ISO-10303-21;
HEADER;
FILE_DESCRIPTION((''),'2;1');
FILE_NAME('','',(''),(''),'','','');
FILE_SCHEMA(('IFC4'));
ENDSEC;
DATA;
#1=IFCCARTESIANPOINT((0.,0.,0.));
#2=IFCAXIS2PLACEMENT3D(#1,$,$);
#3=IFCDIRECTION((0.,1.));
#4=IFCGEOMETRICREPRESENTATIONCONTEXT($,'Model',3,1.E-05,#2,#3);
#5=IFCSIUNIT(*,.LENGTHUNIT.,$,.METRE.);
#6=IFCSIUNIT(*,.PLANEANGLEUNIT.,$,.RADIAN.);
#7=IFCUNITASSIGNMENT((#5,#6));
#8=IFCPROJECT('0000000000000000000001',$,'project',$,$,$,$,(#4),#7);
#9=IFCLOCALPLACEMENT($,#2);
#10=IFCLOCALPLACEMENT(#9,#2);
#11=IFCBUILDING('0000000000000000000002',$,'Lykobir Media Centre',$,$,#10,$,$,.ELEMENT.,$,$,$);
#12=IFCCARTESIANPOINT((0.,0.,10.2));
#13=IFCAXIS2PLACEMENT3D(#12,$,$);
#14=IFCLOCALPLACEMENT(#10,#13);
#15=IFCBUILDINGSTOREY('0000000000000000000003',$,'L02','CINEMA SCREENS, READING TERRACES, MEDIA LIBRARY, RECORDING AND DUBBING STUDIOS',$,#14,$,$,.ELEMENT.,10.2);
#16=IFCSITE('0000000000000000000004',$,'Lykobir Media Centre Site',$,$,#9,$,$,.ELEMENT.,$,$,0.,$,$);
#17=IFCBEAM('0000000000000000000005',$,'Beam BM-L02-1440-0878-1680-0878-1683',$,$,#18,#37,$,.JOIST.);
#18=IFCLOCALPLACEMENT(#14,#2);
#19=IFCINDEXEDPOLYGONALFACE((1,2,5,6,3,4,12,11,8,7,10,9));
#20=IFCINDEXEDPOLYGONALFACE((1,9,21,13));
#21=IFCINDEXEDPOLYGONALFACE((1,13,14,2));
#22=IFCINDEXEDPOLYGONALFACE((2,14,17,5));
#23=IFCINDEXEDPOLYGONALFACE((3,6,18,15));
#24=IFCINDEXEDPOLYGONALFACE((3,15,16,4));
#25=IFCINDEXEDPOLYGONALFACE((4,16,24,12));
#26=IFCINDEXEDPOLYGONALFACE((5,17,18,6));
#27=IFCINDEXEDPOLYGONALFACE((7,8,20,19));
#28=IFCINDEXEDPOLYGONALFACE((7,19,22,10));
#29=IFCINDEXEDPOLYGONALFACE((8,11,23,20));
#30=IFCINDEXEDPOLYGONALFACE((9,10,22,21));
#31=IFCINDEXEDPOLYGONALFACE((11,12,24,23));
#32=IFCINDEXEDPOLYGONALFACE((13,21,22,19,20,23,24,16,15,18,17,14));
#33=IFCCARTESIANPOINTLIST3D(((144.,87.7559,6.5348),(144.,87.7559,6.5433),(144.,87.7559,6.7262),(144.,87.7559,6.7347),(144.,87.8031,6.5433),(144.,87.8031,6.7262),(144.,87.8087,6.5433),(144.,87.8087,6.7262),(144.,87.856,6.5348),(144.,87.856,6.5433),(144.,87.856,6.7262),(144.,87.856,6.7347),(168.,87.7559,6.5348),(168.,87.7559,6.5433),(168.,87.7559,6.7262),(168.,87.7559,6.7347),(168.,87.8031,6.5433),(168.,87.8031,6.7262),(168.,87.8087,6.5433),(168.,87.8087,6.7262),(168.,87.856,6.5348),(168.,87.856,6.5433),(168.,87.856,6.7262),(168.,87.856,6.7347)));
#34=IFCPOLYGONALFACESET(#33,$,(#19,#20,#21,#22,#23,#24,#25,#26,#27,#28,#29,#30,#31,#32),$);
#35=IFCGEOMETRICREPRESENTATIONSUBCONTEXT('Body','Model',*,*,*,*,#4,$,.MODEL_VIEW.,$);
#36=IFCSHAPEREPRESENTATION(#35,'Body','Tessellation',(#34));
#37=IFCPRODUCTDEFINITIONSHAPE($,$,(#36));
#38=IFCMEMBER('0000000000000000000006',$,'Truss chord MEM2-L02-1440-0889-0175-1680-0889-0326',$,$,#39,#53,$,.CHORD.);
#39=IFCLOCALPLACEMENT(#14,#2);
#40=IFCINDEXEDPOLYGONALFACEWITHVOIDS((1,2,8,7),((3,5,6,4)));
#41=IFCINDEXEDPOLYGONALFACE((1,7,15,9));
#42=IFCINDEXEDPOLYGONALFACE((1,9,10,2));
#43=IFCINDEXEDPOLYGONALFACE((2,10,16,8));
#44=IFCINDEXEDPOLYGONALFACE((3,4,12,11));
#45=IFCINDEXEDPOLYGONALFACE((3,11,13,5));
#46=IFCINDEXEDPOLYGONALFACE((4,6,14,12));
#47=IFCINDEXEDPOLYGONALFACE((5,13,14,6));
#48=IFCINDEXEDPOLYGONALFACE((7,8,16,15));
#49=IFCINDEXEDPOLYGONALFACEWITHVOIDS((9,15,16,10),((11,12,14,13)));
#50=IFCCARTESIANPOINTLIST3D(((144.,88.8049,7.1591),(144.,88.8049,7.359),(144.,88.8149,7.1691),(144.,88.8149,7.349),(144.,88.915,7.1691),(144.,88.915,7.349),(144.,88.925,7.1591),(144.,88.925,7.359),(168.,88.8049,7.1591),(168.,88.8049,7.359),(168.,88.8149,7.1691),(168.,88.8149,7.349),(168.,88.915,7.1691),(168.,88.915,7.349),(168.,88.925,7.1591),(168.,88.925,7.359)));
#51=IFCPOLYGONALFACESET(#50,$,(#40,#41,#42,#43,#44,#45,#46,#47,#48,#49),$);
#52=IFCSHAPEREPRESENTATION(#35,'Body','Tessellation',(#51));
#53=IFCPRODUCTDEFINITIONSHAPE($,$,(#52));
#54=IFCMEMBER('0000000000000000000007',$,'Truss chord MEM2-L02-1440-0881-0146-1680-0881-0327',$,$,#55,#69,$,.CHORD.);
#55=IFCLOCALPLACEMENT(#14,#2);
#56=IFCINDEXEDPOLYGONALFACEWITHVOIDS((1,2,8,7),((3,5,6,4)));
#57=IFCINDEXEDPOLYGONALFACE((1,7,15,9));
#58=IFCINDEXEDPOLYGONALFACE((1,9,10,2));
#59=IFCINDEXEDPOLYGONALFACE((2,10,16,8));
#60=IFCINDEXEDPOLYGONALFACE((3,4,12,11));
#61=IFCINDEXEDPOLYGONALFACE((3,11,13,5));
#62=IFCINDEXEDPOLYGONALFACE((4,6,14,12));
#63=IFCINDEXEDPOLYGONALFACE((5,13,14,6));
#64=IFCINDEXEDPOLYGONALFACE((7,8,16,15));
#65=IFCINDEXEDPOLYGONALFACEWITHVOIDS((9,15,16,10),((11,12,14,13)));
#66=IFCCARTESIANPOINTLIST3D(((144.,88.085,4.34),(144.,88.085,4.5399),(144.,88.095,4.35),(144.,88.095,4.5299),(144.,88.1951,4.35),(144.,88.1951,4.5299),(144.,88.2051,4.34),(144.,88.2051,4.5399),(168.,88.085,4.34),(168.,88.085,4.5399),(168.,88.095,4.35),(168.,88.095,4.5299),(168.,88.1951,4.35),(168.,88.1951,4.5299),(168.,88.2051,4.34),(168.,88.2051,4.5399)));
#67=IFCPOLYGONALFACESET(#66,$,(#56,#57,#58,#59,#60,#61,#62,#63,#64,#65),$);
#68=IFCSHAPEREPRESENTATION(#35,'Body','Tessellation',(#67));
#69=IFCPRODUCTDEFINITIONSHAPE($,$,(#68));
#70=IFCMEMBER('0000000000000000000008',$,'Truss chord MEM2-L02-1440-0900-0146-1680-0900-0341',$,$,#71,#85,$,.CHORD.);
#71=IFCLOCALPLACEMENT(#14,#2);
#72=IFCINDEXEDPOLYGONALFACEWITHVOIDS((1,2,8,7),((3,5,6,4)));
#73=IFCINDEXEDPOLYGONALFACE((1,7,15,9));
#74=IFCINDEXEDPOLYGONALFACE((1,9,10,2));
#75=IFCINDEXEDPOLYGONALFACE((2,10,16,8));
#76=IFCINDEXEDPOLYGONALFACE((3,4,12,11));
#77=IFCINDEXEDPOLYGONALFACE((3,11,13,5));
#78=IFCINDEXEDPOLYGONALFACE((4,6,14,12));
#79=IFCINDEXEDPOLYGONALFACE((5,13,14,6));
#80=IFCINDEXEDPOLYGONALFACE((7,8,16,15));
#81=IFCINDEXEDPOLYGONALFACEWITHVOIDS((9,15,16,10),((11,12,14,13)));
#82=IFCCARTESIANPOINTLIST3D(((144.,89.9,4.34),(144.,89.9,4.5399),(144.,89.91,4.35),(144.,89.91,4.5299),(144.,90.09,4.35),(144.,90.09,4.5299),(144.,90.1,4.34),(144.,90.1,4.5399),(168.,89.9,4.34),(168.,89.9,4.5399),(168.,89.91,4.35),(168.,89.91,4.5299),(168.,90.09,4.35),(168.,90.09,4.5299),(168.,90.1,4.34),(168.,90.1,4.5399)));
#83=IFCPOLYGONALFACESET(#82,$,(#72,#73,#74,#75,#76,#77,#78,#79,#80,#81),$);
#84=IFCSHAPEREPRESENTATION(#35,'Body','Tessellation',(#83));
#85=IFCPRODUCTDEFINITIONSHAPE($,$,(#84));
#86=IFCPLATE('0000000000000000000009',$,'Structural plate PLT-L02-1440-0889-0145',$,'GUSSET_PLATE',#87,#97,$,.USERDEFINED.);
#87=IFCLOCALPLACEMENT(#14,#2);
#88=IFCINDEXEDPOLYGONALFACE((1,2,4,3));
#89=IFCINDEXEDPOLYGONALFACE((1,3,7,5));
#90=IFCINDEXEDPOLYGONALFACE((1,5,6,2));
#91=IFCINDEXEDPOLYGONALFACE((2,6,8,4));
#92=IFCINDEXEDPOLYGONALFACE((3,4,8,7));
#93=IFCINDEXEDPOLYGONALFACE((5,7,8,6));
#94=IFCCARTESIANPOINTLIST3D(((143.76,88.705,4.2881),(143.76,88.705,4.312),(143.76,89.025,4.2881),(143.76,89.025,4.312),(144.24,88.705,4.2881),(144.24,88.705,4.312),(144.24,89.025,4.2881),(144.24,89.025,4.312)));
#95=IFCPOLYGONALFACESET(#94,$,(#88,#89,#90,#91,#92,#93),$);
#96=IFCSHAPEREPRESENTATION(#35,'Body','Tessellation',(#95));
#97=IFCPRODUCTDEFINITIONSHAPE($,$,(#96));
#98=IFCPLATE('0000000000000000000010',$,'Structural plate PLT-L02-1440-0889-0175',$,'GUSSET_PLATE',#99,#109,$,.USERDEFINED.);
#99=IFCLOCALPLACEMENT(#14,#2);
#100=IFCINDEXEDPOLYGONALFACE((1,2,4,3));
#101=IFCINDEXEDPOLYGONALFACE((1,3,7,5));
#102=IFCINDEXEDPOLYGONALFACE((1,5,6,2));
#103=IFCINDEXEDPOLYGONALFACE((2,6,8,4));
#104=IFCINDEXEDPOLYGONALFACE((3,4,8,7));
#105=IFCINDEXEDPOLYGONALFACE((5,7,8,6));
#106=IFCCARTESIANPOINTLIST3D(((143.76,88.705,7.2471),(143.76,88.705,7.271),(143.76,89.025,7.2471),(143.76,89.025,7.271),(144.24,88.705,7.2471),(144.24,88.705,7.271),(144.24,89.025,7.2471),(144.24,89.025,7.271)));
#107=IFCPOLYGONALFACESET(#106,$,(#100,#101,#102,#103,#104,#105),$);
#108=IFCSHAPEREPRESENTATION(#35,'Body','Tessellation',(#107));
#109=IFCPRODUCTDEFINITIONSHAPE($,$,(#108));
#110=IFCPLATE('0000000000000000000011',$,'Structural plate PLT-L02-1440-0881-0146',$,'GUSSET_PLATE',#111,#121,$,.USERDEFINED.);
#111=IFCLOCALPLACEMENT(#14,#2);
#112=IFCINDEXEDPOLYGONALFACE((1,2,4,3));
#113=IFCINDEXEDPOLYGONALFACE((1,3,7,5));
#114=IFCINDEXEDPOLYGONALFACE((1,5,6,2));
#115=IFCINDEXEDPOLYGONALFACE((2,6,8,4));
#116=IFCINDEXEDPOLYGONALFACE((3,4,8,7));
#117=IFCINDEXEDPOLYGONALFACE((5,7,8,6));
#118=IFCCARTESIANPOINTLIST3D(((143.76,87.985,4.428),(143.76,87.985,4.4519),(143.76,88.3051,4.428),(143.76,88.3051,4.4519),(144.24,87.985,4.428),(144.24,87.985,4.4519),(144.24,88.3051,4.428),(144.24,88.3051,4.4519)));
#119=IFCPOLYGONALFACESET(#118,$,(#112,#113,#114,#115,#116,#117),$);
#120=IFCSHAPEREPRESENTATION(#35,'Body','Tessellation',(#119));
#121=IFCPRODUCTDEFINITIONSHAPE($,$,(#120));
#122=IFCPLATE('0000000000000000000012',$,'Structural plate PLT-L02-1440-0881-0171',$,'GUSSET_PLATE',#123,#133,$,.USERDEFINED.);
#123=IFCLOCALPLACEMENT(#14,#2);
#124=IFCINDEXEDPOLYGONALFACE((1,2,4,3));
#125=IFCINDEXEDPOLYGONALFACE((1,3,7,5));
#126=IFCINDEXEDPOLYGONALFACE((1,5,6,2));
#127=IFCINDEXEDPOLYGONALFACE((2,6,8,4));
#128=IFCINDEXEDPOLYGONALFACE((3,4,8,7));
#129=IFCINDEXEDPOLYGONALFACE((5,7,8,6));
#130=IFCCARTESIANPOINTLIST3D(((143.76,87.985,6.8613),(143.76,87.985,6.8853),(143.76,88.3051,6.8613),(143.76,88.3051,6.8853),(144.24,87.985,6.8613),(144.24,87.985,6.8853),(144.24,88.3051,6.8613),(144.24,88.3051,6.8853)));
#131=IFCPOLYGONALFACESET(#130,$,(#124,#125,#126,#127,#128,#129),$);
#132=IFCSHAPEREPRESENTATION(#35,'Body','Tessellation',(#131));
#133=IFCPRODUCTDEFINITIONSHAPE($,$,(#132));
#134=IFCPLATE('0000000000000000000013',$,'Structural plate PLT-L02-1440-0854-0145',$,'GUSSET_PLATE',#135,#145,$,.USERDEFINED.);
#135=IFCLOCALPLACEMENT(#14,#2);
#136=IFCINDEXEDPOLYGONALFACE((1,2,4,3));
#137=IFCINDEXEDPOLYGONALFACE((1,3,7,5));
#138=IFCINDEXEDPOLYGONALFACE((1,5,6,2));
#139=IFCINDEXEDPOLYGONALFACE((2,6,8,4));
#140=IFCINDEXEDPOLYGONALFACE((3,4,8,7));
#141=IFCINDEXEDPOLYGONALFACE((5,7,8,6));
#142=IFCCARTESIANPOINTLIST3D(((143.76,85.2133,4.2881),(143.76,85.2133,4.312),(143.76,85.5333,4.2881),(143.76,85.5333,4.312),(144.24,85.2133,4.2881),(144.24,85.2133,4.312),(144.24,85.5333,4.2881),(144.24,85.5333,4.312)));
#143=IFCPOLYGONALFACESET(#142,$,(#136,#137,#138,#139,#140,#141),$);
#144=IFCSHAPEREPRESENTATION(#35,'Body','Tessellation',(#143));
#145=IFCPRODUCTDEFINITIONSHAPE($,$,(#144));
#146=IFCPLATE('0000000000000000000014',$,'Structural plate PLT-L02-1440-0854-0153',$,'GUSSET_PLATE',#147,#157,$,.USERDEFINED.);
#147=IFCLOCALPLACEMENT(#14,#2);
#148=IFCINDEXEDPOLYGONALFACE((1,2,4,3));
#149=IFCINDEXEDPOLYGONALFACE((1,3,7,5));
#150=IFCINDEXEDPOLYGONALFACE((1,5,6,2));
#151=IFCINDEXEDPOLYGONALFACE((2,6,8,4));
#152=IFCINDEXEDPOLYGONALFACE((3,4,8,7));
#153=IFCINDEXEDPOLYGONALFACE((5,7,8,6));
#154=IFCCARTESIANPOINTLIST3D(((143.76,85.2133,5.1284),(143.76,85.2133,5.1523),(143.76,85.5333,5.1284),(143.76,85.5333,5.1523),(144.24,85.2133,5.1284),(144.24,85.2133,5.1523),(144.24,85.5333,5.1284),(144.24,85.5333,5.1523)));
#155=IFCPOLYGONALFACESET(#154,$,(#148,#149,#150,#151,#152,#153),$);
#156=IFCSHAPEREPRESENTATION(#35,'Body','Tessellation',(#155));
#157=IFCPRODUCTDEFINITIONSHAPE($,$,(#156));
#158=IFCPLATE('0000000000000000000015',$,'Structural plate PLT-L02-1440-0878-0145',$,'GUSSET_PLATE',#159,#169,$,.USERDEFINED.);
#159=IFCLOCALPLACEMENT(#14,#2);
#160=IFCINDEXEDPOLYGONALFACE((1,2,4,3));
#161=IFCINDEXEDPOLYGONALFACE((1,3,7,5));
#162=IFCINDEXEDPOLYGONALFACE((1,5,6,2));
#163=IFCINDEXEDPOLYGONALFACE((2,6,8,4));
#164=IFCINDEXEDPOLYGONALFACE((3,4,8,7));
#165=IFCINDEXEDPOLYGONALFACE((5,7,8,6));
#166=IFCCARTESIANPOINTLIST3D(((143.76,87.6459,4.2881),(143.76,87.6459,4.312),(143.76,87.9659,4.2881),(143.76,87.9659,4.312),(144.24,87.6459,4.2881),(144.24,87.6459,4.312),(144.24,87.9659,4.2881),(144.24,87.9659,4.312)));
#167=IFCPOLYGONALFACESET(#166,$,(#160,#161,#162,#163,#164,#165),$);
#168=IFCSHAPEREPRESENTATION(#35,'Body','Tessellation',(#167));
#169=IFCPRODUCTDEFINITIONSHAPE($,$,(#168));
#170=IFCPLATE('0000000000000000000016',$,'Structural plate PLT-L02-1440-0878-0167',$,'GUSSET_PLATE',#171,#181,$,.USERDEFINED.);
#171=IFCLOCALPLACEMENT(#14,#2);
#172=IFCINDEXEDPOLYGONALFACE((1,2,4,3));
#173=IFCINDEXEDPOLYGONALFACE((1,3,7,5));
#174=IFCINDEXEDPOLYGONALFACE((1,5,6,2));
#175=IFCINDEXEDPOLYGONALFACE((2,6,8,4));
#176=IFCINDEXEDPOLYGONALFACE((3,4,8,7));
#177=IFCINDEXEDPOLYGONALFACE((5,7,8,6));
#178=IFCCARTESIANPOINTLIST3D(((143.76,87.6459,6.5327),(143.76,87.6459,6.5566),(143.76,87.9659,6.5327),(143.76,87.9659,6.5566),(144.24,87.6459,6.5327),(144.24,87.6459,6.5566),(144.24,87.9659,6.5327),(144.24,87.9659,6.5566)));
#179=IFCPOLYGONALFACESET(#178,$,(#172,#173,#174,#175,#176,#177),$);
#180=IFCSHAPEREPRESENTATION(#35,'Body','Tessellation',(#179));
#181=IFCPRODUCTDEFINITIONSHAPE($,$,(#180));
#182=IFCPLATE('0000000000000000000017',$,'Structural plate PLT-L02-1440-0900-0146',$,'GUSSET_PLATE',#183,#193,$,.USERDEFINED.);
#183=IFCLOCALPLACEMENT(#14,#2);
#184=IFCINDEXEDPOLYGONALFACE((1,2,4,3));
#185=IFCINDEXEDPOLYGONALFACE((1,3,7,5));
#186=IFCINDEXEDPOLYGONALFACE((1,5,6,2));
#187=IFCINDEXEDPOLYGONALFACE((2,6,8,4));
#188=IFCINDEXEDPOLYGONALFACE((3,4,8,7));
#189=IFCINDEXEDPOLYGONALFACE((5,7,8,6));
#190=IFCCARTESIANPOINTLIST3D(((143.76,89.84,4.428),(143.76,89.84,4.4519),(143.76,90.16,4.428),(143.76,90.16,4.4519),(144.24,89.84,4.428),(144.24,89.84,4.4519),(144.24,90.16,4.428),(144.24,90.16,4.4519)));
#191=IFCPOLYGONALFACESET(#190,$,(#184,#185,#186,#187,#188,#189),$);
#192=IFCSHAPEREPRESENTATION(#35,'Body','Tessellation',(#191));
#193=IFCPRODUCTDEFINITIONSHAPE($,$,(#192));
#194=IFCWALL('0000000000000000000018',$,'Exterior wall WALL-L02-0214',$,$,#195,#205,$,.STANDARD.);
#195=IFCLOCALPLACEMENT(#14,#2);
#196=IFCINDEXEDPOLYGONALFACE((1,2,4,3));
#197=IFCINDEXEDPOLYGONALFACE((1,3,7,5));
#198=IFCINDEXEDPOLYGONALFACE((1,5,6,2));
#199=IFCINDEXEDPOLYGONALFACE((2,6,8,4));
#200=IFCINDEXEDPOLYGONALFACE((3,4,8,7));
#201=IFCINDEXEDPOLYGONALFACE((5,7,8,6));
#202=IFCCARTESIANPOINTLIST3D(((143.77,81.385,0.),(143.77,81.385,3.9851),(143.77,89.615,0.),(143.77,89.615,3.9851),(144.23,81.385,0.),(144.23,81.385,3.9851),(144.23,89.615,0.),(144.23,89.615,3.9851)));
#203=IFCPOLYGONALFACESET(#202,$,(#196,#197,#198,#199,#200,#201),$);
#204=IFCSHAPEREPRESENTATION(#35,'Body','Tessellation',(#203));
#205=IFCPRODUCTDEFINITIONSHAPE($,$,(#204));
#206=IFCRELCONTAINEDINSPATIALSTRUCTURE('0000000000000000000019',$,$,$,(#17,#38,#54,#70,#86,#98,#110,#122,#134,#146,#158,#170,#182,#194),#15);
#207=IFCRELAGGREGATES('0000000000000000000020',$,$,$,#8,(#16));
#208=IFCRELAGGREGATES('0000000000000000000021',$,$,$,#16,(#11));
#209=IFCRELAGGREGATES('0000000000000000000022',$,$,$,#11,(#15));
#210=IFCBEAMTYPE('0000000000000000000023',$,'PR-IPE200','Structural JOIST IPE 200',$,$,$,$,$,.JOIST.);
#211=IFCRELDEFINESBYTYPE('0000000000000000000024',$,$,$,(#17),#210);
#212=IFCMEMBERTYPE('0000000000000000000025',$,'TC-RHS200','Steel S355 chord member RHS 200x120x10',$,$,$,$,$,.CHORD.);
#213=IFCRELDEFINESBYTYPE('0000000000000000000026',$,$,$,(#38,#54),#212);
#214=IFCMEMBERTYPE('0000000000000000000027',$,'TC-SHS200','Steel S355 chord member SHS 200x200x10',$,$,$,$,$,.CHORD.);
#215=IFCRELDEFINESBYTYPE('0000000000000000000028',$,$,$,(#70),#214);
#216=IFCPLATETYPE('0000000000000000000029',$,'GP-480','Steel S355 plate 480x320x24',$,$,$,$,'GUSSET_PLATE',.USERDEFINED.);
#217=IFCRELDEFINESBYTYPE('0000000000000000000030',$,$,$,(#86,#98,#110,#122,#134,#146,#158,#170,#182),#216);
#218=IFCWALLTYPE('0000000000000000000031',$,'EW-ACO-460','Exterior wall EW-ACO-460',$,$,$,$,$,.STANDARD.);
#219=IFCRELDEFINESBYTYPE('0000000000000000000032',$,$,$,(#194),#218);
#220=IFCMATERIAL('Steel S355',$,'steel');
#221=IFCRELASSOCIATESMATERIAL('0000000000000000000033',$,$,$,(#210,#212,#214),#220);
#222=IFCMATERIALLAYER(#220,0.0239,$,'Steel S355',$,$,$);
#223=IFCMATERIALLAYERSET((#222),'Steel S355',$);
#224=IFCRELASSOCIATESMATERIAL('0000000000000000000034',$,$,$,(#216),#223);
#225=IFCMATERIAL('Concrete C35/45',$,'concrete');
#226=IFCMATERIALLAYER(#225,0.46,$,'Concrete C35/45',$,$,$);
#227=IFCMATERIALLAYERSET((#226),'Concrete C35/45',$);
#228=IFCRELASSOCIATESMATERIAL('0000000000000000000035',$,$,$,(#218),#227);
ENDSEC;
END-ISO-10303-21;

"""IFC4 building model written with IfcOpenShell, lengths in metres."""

from ifc_helpers import new_model, si_unit, direction, frame, frame_2d, origin, origin_2d, place, context, subcontext, project, spatial, rectangle, hollow_rectangle, i_section, extrude, material, layer, layer_set, material_profile, profile_set, type_object, element, save


model = new_model("IFC4")

# Units and contexts
model_context = context("Model", 3, precision=1e-05, world=origin(), true_north=direction((0.0, 1.0)))
body_context = subcontext(model_context, "Body", "Model", "MODEL_VIEW")
ifc_project = project(units=[si_unit("LENGTHUNIT", "METRE"), si_unit("PLANEANGLEUNIT", "RADIAN")], contexts=[model_context])

# Site, building, storey
site_placement = place(None, origin())
site = spatial("IfcSite", under=ifc_project, at=site_placement, Name="Lykobir Media Centre Site", CompositionType="ELEMENT", RefElevation=0.0)
building_placement = place(site_placement, origin())
building = spatial("IfcBuilding", under=site, at=building_placement, Name="Lykobir Media Centre", CompositionType="ELEMENT")
storey_placement = place(building_placement, frame((0.0, 0.0, 10.2)))
storey = spatial("IfcBuildingStorey", under=building, at=storey_placement, Name="L02", Description="CINEMA SCREENS, READING TERRACES, MEDIA LIBRARY, RECORDING AND DUBBING STUDIOS", CompositionType="ELEMENT", Elevation=10.2)

# Shared definitions
ifc_material_1 = material(Name="Steel S355", Category="steel")

# Beam
ifc_material_profile_1 = material_profile(ifc_material_1, i_section(OverallWidth=0.1001, OverallDepth=0.2, WebThickness=0.0056, FlangeThickness=0.0085, at=origin_2d()), Name="IPE 200")
ifc_profile_set_1 = profile_set([ifc_material_profile_1], Name="Steel S355")
beam_type_1 = type_object("IfcBeamType", Name="PR-IPE200", Description="Structural JOIST IPE 200", PredefinedType="JOIST", material=ifc_profile_set_1)
for number, where, z_axis, x_axis, name in (
    (1, (144.0, 87.8059, 6.6348), (1.0, 0.0, 0.0), (0.0, 1.0, 0.0), "Beam BM-L02-1440-0878-1680-0878-1683"),
):
    element("IfcBeam", number, at=place(storey_placement, frame(where, z_axis=z_axis, x_axis=x_axis)), inside=storey, type_object=beam_type_1, Name=name, PredefinedType="JOIST", context=body_context, shape_type="SweptSolid", body=[
        extrude(i_section(OverallWidth=0.1001, OverallDepth=0.2, WebThickness=0.0056, FlangeThickness=0.0085, at=origin_2d()), origin(), (0.0, 0.0, 1.0), 24.0),
    ])

# Members
ifc_material_profile_2 = material_profile(ifc_material_1, hollow_rectangle(XDim=0.1201, YDim=0.2, WallThickness=0.01, at=origin_2d()), Name="RHS 200x120x10")
ifc_profile_set_2 = profile_set([ifc_material_profile_2], Name="Steel S355")
member_type_1 = type_object("IfcMemberType", Name="TC-RHS200", Description="Steel S355 chord member RHS 200x120x10", PredefinedType="CHORD", material=ifc_profile_set_2)
for number, where, z_axis, x_axis, name in (
    (2, (144.0, 88.865, 7.259), (1.0, 0.0, 0.0), (0.0, 1.0, 0.0), "Truss chord MEM2-L02-1440-0889-0175-1680-0889-0326"),
    (3, (144.0, 88.145, 4.4399), (1.0, 0.0, 0.0), (0.0, 1.0, 0.0), "Truss chord MEM2-L02-1440-0881-0146-1680-0881-0327"),
):
    element("IfcMember", number, at=place(storey_placement, frame(where, z_axis=z_axis, x_axis=x_axis)), inside=storey, type_object=member_type_1, Name=name, PredefinedType="CHORD", context=body_context, shape_type="SweptSolid", body=[
        extrude(hollow_rectangle(XDim=0.1201, YDim=0.2, WallThickness=0.01, at=origin_2d()), origin(), (0.0, 0.0, 1.0), 24.0),
    ])
ifc_material_profile_3 = material_profile(ifc_material_1, hollow_rectangle(XDim=0.2, YDim=0.2, WallThickness=0.01, at=origin_2d()), Name="SHS 200x200x10")
ifc_profile_set_3 = profile_set([ifc_material_profile_3], Name="Steel S355")
member_type_2 = type_object("IfcMemberType", Name="TC-SHS200", Description="Steel S355 chord member SHS 200x200x10", PredefinedType="CHORD", material=ifc_profile_set_3)
member_1_placement = place(storey_placement, frame((144.0, 90.0, 4.4399), z_axis=(1.0, 0.0, 0.0), x_axis=(0.0, 1.0, 0.0)))
element("IfcMember", 4, at=member_1_placement, inside=storey, type_object=member_type_2, Name="Truss chord MEM2-L02-1440-0900-0146-1680-0900-0341", PredefinedType="CHORD", context=body_context, shape_type="SweptSolid", body=[
    extrude(hollow_rectangle(XDim=0.2, YDim=0.2, WallThickness=0.01, at=origin_2d()), origin(), (0.0, 0.0, 1.0), 24.0),
])

# Plates
ifc_layer_1 = layer(ifc_material_1, 0.0239, Name="Steel S355")
ifc_layer_set_1 = layer_set([ifc_layer_1], Name="Steel S355")
plate_type = type_object("IfcPlateType", Name="GP-480", Description="Steel S355 plate 480x320x24", ElementType="GUSSET_PLATE", PredefinedType="USERDEFINED", material=ifc_layer_set_1)
for number, where, z_axis, x_axis, name in (
    (5, (144.0, 88.865, 4.2881), (0.0, 0.0, 1.0), (1.0, 0.0, 0.0), "Structural plate PLT-L02-1440-0889-0145"),
    (6, (144.0, 88.865, 7.2471), (0.0, 0.0, 1.0), (1.0, 0.0, 0.0), "Structural plate PLT-L02-1440-0889-0175"),
    (7, (144.0, 88.145, 4.428), (0.0, 0.0, 1.0), (1.0, 0.0, 0.0), "Structural plate PLT-L02-1440-0881-0146"),
    (8, (144.0, 88.145, 6.8613), (0.0, 0.0, 1.0), (1.0, 0.0, 0.0), "Structural plate PLT-L02-1440-0881-0171"),
    (9, (144.0, 85.3733, 4.2881), (0.0, 0.0, 1.0), (1.0, 0.0, 0.0), "Structural plate PLT-L02-1440-0854-0145"),
    (10, (144.0, 85.3733, 5.1284), (0.0, 0.0, 1.0), (1.0, 0.0, 0.0), "Structural plate PLT-L02-1440-0854-0153"),
    (11, (144.0, 87.8059, 4.2881), (0.0, 0.0, 1.0), (1.0, 0.0, 0.0), "Structural plate PLT-L02-1440-0878-0145"),
    (12, (144.0, 87.8059, 6.5327), (0.0, 0.0, 1.0), (1.0, 0.0, 0.0), "Structural plate PLT-L02-1440-0878-0167"),
    (13, (144.0, 90.0, 4.428), (0.0, 0.0, 1.0), (1.0, 0.0, 0.0), "Structural plate PLT-L02-1440-0900-0146"),
):
    element("IfcPlate", number, at=place(storey_placement, frame(where, z_axis=z_axis, x_axis=x_axis)), inside=storey, type_object=plate_type, Name=name, ObjectType="GUSSET_PLATE", PredefinedType="USERDEFINED", context=body_context, shape_type="SweptSolid", body=[
        extrude(rectangle(XDim=0.48, YDim=0.3201, at=origin_2d()), origin(), (0.0, 0.0, 1.0), 0.0239),
    ])

# Wall
ifc_material_2 = material(Name="Concrete C35/45", Category="concrete")
ifc_layer_2 = layer(ifc_material_2, 0.46, Name="Concrete C35/45")
ifc_layer_set_2 = layer_set([ifc_layer_2], Name="Concrete C35/45")
wall_type = type_object("IfcWallType", Name="EW-ACO-460", Description="Exterior wall EW-ACO-460", PredefinedType="STANDARD", material=ifc_layer_set_2)
wall_placement = place(storey_placement, frame((144.0, 89.615, 0.0), z_axis=(0.0, 0.0, 1.0), x_axis=(0.0, -1.0, 0.0)))
element("IfcWall", 14, at=wall_placement, inside=storey, type_object=wall_type, Name="Exterior wall WALL-L02-0214", PredefinedType="STANDARD", context=body_context, shape_type="SweptSolid", body=[
    extrude(rectangle(XDim=8.23, YDim=0.46, at=frame_2d((4.115, 0.0))), origin(), (0.0, 0.0, 1.0), 3.9851),
])

save(model, "model.ifc")
